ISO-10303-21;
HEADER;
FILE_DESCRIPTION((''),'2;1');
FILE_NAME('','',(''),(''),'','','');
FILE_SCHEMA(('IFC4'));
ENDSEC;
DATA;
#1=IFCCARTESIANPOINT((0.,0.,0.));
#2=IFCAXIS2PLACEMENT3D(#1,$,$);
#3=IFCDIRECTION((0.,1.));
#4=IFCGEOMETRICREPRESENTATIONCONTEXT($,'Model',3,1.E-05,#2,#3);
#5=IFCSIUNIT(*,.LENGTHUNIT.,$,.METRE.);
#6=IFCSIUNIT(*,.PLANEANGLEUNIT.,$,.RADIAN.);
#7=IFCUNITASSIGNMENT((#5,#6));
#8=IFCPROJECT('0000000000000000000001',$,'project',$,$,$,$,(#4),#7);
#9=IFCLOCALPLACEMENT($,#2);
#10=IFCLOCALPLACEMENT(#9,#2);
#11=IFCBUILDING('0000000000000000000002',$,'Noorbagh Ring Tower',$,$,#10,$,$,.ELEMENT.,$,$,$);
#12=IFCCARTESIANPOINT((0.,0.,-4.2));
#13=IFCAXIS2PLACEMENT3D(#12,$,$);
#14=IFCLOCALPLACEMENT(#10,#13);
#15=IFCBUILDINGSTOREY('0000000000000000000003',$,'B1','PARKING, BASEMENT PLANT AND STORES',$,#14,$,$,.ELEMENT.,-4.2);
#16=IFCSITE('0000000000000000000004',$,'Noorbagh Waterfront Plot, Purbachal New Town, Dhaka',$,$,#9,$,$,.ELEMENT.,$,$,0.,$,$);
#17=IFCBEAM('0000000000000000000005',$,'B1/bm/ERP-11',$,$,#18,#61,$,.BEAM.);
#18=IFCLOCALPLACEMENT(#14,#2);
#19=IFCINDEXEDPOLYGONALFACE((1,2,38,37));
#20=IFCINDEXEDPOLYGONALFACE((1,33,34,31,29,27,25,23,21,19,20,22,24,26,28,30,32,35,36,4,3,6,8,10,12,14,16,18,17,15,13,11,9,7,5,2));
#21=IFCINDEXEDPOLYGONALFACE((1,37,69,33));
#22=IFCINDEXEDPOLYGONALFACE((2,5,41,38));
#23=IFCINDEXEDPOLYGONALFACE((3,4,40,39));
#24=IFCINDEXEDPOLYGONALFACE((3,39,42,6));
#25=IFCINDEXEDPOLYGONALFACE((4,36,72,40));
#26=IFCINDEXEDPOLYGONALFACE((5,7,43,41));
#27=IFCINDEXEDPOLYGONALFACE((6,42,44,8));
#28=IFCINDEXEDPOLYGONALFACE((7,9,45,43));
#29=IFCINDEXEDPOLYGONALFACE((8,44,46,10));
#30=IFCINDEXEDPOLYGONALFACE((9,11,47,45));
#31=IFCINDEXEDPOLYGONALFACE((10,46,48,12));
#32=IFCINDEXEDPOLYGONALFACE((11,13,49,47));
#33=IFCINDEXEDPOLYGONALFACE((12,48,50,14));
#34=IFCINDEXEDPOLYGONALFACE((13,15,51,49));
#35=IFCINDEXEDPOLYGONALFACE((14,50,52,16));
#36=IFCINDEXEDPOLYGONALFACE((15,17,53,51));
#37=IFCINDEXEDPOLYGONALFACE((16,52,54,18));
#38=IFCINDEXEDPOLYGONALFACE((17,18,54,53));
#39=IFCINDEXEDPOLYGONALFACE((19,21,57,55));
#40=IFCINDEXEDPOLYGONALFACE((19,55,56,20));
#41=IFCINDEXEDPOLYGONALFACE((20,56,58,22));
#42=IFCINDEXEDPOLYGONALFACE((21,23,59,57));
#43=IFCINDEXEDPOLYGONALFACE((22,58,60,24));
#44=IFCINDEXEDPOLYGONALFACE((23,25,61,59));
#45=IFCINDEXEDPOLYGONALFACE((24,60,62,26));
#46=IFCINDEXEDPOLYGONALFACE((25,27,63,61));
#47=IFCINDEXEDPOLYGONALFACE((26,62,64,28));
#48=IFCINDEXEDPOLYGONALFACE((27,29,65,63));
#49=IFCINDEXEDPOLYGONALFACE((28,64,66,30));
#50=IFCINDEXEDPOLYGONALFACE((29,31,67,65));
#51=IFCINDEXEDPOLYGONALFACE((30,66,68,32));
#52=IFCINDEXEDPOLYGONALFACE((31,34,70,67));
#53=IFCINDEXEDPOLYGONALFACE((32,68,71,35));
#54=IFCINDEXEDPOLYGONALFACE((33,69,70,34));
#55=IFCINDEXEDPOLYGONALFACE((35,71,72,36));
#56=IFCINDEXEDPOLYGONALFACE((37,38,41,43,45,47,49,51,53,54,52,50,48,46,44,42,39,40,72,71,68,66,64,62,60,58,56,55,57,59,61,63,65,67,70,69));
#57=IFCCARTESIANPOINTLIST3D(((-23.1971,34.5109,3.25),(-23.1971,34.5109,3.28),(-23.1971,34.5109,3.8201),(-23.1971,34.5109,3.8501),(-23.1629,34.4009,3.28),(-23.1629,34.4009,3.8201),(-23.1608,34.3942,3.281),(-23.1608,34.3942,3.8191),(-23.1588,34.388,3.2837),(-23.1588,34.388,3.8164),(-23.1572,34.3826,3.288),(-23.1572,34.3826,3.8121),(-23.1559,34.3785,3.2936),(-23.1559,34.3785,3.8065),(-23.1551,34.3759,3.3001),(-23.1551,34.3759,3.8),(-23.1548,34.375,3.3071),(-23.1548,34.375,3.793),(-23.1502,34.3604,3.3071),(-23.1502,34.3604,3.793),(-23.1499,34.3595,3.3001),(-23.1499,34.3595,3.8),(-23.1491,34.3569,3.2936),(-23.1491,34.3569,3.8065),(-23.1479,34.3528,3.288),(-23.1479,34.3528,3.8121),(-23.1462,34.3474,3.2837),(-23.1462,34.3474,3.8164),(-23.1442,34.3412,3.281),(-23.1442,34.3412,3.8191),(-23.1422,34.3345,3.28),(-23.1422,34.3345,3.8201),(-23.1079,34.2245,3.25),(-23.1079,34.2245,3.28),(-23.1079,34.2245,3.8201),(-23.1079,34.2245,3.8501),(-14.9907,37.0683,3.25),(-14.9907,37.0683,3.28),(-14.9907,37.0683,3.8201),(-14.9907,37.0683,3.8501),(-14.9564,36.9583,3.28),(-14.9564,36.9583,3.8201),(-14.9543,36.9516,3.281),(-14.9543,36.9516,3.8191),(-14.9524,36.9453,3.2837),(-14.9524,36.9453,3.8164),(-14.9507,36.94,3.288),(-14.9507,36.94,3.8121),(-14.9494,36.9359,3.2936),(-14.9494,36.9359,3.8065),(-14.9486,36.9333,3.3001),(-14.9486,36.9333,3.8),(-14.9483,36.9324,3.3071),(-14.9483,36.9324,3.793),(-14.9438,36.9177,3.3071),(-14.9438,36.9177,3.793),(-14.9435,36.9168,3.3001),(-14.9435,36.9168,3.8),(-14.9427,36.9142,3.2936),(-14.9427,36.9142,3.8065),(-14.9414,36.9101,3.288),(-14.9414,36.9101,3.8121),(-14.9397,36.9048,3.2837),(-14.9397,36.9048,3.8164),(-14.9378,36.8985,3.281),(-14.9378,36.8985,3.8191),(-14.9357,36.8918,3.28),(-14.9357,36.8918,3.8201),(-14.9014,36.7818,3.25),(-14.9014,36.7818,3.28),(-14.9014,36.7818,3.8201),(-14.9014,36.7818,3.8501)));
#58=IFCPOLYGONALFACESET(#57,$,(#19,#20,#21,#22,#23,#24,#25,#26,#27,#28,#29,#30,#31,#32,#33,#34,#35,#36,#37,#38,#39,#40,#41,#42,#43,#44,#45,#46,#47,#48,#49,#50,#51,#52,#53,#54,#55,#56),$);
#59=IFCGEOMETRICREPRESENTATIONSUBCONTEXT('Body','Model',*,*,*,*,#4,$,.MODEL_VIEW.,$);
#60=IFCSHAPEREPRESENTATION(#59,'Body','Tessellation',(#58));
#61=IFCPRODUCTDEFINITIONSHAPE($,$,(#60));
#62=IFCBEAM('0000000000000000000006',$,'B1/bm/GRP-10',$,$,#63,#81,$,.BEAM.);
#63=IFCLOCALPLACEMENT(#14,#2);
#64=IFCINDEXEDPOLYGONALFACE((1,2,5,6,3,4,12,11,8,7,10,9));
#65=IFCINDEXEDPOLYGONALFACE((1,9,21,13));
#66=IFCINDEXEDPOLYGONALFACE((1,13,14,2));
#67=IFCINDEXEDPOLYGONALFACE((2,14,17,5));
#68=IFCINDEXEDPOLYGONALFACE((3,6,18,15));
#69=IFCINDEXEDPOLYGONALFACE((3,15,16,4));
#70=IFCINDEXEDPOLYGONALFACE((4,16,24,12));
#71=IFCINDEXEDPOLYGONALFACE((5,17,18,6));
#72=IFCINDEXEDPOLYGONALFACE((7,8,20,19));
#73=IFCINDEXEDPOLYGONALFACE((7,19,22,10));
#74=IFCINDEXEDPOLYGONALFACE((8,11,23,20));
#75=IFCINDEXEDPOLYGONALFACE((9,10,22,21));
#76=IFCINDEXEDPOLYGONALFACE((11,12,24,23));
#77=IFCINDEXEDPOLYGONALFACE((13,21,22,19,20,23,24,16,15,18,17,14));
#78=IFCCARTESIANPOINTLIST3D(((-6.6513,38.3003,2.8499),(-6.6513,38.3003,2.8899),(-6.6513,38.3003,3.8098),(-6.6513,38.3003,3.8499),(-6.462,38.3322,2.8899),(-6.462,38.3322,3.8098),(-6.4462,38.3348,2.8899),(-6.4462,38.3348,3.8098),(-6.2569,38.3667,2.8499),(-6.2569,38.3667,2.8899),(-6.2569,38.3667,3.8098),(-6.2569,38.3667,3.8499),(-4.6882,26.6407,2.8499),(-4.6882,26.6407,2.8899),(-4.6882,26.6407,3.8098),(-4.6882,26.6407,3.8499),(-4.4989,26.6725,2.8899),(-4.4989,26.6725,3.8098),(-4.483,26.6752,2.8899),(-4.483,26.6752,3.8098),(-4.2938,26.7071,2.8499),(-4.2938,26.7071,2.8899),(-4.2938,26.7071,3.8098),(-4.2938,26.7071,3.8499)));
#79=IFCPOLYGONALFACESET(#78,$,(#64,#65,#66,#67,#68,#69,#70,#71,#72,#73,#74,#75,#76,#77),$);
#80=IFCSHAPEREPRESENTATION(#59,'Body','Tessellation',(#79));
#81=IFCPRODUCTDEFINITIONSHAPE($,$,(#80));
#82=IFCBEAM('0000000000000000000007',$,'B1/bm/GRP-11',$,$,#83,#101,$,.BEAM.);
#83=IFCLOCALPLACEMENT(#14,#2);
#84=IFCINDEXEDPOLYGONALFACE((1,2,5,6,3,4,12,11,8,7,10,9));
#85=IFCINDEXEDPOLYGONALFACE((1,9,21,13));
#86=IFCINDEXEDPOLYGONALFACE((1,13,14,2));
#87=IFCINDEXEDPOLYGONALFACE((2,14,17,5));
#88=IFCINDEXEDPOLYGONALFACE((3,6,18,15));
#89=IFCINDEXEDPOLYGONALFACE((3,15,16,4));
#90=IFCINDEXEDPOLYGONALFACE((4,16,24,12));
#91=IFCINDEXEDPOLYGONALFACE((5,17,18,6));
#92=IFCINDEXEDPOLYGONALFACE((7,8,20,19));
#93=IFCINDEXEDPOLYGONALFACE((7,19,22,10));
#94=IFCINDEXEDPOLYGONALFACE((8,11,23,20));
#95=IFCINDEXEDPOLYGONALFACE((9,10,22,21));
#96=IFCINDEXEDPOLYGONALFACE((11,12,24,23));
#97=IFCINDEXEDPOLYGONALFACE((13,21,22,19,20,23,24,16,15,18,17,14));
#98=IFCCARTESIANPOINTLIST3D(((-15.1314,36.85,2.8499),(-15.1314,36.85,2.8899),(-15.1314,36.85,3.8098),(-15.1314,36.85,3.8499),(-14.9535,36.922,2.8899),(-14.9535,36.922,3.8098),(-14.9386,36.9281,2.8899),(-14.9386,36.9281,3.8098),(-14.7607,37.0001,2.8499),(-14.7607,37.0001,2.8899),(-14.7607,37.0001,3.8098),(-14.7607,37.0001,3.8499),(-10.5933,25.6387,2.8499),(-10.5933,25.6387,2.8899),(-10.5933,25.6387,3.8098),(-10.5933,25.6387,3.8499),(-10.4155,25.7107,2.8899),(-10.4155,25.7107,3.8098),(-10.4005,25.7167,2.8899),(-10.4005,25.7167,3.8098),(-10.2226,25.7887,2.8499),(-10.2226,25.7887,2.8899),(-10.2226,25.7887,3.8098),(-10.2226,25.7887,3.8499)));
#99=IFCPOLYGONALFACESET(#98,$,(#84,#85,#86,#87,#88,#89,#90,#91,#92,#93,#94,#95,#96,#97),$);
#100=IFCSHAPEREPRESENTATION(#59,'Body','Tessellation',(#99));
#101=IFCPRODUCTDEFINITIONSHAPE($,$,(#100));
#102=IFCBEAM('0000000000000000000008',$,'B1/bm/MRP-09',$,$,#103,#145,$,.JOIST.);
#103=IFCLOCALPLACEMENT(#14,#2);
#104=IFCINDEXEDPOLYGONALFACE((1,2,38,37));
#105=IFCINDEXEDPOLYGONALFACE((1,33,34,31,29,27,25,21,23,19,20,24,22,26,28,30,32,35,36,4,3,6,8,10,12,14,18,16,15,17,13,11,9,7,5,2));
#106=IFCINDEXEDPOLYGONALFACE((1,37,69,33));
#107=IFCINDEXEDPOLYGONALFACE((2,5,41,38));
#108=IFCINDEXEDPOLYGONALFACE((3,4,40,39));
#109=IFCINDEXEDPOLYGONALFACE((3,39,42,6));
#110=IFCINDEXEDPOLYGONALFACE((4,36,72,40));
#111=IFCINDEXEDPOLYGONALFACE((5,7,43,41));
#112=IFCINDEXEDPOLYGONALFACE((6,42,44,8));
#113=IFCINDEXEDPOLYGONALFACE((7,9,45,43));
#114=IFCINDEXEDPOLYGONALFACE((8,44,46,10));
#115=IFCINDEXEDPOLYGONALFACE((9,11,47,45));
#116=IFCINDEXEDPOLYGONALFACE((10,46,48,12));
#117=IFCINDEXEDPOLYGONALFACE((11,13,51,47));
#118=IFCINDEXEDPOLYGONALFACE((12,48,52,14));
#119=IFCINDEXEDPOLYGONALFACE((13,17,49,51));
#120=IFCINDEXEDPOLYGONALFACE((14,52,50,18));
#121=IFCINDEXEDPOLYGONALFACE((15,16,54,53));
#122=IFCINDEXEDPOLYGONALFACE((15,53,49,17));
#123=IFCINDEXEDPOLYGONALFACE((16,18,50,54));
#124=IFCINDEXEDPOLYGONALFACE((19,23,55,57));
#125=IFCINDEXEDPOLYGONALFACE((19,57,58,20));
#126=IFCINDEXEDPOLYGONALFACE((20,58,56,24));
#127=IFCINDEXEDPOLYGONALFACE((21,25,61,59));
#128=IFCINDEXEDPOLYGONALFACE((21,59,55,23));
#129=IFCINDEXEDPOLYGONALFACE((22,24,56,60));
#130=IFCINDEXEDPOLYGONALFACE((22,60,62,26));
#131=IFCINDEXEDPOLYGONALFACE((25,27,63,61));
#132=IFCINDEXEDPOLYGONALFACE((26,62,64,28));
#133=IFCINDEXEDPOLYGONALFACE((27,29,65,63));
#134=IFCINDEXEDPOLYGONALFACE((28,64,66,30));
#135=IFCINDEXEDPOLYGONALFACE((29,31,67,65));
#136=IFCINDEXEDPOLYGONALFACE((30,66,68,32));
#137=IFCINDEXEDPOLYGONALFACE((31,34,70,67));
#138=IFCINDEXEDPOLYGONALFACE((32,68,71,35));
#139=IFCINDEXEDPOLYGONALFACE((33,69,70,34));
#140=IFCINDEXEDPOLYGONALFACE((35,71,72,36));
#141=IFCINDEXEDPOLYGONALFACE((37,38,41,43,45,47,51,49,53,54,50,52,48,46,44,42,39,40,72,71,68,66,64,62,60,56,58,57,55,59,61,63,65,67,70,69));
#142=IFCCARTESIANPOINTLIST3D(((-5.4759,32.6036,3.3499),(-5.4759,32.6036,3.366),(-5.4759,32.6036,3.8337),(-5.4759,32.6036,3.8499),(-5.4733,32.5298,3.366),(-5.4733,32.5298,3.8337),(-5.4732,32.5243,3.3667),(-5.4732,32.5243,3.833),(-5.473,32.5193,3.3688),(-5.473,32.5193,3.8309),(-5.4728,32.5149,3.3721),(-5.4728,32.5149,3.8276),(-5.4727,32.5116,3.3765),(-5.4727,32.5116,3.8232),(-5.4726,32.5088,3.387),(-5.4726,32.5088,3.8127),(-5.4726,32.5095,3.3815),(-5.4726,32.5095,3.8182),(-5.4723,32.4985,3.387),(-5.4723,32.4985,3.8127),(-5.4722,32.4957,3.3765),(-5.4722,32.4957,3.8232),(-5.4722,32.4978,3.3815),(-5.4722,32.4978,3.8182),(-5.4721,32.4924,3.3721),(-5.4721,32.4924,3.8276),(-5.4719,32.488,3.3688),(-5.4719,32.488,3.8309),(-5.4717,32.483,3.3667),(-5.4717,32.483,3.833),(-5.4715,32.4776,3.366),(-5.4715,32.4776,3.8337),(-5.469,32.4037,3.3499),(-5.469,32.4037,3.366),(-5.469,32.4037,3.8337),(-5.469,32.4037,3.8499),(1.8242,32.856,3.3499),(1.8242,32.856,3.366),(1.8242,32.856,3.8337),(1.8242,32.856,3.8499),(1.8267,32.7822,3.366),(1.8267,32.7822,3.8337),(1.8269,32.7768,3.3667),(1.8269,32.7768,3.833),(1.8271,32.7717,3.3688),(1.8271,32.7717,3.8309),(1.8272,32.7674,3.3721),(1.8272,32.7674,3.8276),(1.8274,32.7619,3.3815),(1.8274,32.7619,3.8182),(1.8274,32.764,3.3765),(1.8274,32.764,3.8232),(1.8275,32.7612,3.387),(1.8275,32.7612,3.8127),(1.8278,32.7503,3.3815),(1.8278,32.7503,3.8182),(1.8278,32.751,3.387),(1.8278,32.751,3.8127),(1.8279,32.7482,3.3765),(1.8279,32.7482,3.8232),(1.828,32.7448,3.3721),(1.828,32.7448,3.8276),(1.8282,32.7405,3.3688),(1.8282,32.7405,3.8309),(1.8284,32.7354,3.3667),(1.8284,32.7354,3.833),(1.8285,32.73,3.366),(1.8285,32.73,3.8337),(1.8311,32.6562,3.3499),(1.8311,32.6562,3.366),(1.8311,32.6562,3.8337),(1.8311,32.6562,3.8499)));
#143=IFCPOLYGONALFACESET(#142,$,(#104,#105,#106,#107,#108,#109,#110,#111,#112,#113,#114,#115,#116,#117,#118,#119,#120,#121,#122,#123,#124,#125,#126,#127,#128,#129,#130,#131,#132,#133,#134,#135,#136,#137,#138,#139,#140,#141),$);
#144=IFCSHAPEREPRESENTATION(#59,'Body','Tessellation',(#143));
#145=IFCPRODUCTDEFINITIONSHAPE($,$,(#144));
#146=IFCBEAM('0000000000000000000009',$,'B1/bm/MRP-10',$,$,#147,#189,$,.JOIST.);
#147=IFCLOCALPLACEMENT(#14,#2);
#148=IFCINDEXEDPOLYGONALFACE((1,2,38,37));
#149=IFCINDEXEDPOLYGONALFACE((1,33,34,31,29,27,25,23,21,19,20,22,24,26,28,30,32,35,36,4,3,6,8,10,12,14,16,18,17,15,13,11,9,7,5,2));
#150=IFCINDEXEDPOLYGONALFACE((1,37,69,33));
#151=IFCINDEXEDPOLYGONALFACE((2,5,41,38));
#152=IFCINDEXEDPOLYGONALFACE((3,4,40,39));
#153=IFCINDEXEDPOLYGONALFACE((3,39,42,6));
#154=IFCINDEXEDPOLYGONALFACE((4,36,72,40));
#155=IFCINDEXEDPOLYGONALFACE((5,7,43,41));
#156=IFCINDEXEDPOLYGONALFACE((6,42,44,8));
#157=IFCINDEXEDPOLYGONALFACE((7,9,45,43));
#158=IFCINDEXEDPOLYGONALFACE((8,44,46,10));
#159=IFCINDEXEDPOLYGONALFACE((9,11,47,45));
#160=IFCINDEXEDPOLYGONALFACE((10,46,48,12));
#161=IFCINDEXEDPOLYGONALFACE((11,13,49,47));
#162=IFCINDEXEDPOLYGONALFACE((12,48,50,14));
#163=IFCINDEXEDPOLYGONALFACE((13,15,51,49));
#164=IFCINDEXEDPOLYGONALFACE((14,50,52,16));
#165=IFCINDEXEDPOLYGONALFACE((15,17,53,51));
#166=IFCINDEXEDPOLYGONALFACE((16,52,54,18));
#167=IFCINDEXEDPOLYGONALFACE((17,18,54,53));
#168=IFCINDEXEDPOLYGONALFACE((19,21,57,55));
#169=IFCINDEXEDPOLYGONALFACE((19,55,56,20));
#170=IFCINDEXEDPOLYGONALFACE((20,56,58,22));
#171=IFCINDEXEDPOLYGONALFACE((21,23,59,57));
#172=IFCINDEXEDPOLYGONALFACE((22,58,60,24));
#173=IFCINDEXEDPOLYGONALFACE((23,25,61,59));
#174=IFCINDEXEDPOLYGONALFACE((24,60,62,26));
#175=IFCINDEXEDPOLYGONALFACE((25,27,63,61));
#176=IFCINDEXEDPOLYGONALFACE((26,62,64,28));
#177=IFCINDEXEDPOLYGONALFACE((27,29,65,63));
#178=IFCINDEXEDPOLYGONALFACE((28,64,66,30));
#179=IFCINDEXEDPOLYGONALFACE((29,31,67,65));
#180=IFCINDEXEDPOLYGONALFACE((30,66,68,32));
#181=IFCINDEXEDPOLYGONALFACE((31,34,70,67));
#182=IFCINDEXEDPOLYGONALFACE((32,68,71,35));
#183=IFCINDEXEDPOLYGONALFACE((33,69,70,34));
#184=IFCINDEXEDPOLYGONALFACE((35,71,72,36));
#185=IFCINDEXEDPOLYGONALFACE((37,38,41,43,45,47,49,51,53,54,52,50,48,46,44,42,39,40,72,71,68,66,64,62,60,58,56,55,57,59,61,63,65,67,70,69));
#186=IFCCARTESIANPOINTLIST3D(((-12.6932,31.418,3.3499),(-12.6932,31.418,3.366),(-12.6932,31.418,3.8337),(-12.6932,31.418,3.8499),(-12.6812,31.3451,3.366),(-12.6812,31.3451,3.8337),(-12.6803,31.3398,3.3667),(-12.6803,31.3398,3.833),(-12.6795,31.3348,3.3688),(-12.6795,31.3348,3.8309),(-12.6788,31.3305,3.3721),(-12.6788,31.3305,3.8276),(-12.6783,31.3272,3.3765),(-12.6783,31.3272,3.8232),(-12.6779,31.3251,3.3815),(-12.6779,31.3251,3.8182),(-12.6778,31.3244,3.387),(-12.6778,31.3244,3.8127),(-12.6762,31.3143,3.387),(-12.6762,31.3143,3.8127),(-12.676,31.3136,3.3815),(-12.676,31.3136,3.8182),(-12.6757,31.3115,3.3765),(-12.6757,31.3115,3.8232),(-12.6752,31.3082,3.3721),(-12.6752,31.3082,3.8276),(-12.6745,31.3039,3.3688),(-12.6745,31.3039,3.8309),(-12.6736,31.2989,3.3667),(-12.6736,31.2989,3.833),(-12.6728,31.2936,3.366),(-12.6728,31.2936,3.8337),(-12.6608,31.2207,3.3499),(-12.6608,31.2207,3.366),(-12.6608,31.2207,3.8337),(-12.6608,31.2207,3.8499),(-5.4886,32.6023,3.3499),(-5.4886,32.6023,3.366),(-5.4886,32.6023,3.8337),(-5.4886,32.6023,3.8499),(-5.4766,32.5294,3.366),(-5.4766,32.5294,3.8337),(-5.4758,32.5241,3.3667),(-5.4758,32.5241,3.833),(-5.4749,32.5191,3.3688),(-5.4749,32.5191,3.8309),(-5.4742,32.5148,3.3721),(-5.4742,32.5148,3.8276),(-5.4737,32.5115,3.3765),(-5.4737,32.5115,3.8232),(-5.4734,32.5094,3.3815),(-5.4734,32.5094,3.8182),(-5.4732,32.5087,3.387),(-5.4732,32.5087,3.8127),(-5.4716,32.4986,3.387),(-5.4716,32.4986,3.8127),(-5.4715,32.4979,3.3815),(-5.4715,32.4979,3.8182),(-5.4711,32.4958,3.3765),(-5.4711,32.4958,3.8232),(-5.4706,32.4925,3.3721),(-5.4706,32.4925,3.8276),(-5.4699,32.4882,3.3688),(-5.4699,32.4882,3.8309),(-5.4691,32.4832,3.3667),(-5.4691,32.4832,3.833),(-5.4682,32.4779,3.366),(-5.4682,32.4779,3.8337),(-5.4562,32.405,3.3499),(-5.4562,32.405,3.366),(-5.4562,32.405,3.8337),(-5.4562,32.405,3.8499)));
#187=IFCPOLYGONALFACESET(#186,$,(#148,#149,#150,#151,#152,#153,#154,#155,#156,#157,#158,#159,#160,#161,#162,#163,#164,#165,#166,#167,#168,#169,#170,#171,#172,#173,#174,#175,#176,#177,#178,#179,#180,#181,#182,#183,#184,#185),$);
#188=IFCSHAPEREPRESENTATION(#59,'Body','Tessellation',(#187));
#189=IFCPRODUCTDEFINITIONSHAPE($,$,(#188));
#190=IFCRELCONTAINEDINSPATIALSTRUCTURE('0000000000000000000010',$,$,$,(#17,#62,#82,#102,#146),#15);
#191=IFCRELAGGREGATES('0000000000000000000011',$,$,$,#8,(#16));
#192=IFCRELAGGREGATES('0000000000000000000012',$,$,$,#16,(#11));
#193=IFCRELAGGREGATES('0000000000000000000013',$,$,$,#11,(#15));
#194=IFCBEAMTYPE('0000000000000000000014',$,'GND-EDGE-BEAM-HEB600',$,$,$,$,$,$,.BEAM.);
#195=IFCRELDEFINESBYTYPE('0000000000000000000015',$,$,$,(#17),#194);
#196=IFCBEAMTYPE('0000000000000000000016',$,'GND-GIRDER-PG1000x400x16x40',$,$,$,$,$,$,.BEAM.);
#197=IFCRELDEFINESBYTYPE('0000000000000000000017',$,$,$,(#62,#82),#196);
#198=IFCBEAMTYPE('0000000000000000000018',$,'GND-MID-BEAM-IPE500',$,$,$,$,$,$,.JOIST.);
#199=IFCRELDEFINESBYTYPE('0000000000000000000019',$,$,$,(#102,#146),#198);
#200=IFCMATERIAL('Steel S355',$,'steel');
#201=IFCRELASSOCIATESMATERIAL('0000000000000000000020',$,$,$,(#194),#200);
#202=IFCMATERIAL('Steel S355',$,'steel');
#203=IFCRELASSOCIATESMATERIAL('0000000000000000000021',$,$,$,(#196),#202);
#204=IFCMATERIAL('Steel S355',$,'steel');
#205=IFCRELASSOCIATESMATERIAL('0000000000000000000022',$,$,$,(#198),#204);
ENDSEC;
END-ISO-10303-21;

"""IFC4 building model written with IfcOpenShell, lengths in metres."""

from ifc_helpers import new_model, si_unit, direction, frame, origin, origin_2d, place, context, subcontext, project, spatial, i_section, extrude, material, material_profile, profile_set, type_object, element, save


model = new_model("IFC4")

# Units and contexts
model_context = context("Model", 3, precision=1e-05, world=origin(), true_north=direction((0.0, 1.0)))
body_context = subcontext(model_context, "Body", "Model", "MODEL_VIEW")
ifc_project = project(units=[si_unit("LENGTHUNIT", "METRE"), si_unit("PLANEANGLEUNIT", "RADIAN")], contexts=[model_context])

# Site, building, storey
site_placement = place(None, origin())
site = spatial("IfcSite", under=ifc_project, at=site_placement, Name="Noorbagh Waterfront Plot, Purbachal New Town, Dhaka", CompositionType="ELEMENT", RefElevation=0.0)
building_placement = place(site_placement, origin())
building = spatial("IfcBuilding", under=site, at=building_placement, Name="Noorbagh Ring Tower", CompositionType="ELEMENT")
storey_placement = place(building_placement, frame((0.0, 0.0, -4.2)))
storey = spatial("IfcBuildingStorey", under=building, at=storey_placement, Name="B1", Description="PARKING, BASEMENT PLANT AND STORES", CompositionType="ELEMENT", Elevation=-4.2)

# Beams
ifc_material_1 = material(Name="Steel S355", Category="steel")
ifc_material_profile_1 = material_profile(ifc_material_1, i_section(OverallWidth=0.3, OverallDepth=0.6001, WebThickness=0.0154, FlangeThickness=0.03, FilletRadius=0.0271, at=origin_2d()), Name="HEB600")
ifc_profile_set_1 = profile_set([ifc_material_profile_1], Name="Steel S355")
beam_type_1 = type_object("IfcBeamType", Name="GND-EDGE-BEAM-HEB600", PredefinedType="BEAM", material=ifc_profile_set_1)
beam_1_placement = place(storey_placement, frame((-14.946, 36.925, 3.55), z_axis=(-0.954717, -0.297515, 0.0), x_axis=(0.297515, -0.954717, 0.0)))
element("IfcBeam", 1, at=beam_1_placement, inside=storey, type_object=beam_type_1, Name="B1/bm/ERP-11", PredefinedType="BEAM", context=body_context, shape_type="SweptSolid", body=[
    extrude(i_section(OverallWidth=0.3, OverallDepth=0.6001, WebThickness=0.0154, FlangeThickness=0.03, FilletRadius=0.0271, at=origin_2d()), origin(), (0.0, 0.0, 1.0), 8.5957),
])
ifc_material_2 = material(Name="Steel S355", Category="steel")
ifc_material_profile_2 = material_profile(ifc_material_2, i_section(OverallWidth=0.3999, OverallDepth=1.0, WebThickness=0.0161, FlangeThickness=0.04, at=origin_2d()), Name="PG1000x400x16x40")
ifc_profile_set_2 = profile_set([ifc_material_profile_2], Name="Steel S355")
beam_type_2 = type_object("IfcBeamType", Name="GND-GIRDER-PG1000x400x16x40", PredefinedType="BEAM", material=ifc_profile_set_2)
beam_2_placement = place(storey_placement, frame((-6.4541, 38.3335, 3.3499), z_axis=(0.166033, -0.98612, 0.0), x_axis=(0.98612, 0.166033, 0.0)))
element("IfcBeam", 2, at=beam_2_placement, inside=storey, type_object=beam_type_2, Name="B1/bm/GRP-10", PredefinedType="BEAM", context=body_context, shape_type="SweptSolid", body=[
    extrude(i_section(OverallWidth=0.3999, OverallDepth=1.0, WebThickness=0.0161, FlangeThickness=0.04, at=origin_2d()), origin(), (0.0, 0.0, 1.0), 11.8237),
])
beam_3_placement = place(storey_placement, frame((-14.946, 36.925, 3.3499), z_axis=(0.375202, -0.926943, 0.0), x_axis=(0.926943, 0.375202, 0.0)))
element("IfcBeam", 3, at=beam_3_placement, inside=storey, type_object=beam_type_2, Name="B1/bm/GRP-11", PredefinedType="BEAM", context=body_context, shape_type="SweptSolid", body=[
    extrude(i_section(OverallWidth=0.3999, OverallDepth=1.0, WebThickness=0.0161, FlangeThickness=0.04, at=origin_2d()), origin(), (0.0, 0.0, 1.0), 12.095),
])
ifc_material_3 = material(Name="Steel S355", Category="steel")
ifc_material_profile_3 = material_profile(ifc_material_3, i_section(OverallWidth=0.2, OverallDepth=0.5, WebThickness=0.0103, FlangeThickness=0.0161, FilletRadius=0.021, at=origin_2d()), Name="IPE500")
ifc_profile_set_3 = profile_set([ifc_material_profile_3], Name="Steel S355")
beam_type_3 = type_object("IfcBeamType", Name="GND-MID-BEAM-IPE500", PredefinedType="JOIST", material=ifc_profile_set_3)
beam_4_placement = place(storey_placement, frame((1.8276, 32.7561, 3.5999), z_axis=(-0.999403, -0.03456, 0.0), x_axis=(0.03456, -0.999403, 0.0)))
element("IfcBeam", 4, at=beam_4_placement, inside=storey, type_object=beam_type_3, Name="B1/bm/MRP-09", PredefinedType="JOIST", context=body_context, shape_type="SweptSolid", body=[
    extrude(i_section(OverallWidth=0.2, OverallDepth=0.5, WebThickness=0.0103, FlangeThickness=0.0161, FilletRadius=0.021, at=origin_2d()), origin(), (0.0, 0.0, 1.0), 7.3044),
])
beam_5_placement = place(storey_placement, frame((-5.4724, 32.5037, 3.5999), z_axis=(-0.986757, -0.162208, 0.0), x_axis=(0.162208, -0.986757, 0.0)))
element("IfcBeam", 5, at=beam_5_placement, inside=storey, type_object=beam_type_3, Name="B1/bm/MRP-10", PredefinedType="JOIST", context=body_context, shape_type="SweptSolid", body=[
    extrude(i_section(OverallWidth=0.2, OverallDepth=0.5, WebThickness=0.0103, FlangeThickness=0.0161, FilletRadius=0.021, at=origin_2d()), origin(), (0.0, 0.0, 1.0), 7.3013),
])

save(model, "model.ifc")
